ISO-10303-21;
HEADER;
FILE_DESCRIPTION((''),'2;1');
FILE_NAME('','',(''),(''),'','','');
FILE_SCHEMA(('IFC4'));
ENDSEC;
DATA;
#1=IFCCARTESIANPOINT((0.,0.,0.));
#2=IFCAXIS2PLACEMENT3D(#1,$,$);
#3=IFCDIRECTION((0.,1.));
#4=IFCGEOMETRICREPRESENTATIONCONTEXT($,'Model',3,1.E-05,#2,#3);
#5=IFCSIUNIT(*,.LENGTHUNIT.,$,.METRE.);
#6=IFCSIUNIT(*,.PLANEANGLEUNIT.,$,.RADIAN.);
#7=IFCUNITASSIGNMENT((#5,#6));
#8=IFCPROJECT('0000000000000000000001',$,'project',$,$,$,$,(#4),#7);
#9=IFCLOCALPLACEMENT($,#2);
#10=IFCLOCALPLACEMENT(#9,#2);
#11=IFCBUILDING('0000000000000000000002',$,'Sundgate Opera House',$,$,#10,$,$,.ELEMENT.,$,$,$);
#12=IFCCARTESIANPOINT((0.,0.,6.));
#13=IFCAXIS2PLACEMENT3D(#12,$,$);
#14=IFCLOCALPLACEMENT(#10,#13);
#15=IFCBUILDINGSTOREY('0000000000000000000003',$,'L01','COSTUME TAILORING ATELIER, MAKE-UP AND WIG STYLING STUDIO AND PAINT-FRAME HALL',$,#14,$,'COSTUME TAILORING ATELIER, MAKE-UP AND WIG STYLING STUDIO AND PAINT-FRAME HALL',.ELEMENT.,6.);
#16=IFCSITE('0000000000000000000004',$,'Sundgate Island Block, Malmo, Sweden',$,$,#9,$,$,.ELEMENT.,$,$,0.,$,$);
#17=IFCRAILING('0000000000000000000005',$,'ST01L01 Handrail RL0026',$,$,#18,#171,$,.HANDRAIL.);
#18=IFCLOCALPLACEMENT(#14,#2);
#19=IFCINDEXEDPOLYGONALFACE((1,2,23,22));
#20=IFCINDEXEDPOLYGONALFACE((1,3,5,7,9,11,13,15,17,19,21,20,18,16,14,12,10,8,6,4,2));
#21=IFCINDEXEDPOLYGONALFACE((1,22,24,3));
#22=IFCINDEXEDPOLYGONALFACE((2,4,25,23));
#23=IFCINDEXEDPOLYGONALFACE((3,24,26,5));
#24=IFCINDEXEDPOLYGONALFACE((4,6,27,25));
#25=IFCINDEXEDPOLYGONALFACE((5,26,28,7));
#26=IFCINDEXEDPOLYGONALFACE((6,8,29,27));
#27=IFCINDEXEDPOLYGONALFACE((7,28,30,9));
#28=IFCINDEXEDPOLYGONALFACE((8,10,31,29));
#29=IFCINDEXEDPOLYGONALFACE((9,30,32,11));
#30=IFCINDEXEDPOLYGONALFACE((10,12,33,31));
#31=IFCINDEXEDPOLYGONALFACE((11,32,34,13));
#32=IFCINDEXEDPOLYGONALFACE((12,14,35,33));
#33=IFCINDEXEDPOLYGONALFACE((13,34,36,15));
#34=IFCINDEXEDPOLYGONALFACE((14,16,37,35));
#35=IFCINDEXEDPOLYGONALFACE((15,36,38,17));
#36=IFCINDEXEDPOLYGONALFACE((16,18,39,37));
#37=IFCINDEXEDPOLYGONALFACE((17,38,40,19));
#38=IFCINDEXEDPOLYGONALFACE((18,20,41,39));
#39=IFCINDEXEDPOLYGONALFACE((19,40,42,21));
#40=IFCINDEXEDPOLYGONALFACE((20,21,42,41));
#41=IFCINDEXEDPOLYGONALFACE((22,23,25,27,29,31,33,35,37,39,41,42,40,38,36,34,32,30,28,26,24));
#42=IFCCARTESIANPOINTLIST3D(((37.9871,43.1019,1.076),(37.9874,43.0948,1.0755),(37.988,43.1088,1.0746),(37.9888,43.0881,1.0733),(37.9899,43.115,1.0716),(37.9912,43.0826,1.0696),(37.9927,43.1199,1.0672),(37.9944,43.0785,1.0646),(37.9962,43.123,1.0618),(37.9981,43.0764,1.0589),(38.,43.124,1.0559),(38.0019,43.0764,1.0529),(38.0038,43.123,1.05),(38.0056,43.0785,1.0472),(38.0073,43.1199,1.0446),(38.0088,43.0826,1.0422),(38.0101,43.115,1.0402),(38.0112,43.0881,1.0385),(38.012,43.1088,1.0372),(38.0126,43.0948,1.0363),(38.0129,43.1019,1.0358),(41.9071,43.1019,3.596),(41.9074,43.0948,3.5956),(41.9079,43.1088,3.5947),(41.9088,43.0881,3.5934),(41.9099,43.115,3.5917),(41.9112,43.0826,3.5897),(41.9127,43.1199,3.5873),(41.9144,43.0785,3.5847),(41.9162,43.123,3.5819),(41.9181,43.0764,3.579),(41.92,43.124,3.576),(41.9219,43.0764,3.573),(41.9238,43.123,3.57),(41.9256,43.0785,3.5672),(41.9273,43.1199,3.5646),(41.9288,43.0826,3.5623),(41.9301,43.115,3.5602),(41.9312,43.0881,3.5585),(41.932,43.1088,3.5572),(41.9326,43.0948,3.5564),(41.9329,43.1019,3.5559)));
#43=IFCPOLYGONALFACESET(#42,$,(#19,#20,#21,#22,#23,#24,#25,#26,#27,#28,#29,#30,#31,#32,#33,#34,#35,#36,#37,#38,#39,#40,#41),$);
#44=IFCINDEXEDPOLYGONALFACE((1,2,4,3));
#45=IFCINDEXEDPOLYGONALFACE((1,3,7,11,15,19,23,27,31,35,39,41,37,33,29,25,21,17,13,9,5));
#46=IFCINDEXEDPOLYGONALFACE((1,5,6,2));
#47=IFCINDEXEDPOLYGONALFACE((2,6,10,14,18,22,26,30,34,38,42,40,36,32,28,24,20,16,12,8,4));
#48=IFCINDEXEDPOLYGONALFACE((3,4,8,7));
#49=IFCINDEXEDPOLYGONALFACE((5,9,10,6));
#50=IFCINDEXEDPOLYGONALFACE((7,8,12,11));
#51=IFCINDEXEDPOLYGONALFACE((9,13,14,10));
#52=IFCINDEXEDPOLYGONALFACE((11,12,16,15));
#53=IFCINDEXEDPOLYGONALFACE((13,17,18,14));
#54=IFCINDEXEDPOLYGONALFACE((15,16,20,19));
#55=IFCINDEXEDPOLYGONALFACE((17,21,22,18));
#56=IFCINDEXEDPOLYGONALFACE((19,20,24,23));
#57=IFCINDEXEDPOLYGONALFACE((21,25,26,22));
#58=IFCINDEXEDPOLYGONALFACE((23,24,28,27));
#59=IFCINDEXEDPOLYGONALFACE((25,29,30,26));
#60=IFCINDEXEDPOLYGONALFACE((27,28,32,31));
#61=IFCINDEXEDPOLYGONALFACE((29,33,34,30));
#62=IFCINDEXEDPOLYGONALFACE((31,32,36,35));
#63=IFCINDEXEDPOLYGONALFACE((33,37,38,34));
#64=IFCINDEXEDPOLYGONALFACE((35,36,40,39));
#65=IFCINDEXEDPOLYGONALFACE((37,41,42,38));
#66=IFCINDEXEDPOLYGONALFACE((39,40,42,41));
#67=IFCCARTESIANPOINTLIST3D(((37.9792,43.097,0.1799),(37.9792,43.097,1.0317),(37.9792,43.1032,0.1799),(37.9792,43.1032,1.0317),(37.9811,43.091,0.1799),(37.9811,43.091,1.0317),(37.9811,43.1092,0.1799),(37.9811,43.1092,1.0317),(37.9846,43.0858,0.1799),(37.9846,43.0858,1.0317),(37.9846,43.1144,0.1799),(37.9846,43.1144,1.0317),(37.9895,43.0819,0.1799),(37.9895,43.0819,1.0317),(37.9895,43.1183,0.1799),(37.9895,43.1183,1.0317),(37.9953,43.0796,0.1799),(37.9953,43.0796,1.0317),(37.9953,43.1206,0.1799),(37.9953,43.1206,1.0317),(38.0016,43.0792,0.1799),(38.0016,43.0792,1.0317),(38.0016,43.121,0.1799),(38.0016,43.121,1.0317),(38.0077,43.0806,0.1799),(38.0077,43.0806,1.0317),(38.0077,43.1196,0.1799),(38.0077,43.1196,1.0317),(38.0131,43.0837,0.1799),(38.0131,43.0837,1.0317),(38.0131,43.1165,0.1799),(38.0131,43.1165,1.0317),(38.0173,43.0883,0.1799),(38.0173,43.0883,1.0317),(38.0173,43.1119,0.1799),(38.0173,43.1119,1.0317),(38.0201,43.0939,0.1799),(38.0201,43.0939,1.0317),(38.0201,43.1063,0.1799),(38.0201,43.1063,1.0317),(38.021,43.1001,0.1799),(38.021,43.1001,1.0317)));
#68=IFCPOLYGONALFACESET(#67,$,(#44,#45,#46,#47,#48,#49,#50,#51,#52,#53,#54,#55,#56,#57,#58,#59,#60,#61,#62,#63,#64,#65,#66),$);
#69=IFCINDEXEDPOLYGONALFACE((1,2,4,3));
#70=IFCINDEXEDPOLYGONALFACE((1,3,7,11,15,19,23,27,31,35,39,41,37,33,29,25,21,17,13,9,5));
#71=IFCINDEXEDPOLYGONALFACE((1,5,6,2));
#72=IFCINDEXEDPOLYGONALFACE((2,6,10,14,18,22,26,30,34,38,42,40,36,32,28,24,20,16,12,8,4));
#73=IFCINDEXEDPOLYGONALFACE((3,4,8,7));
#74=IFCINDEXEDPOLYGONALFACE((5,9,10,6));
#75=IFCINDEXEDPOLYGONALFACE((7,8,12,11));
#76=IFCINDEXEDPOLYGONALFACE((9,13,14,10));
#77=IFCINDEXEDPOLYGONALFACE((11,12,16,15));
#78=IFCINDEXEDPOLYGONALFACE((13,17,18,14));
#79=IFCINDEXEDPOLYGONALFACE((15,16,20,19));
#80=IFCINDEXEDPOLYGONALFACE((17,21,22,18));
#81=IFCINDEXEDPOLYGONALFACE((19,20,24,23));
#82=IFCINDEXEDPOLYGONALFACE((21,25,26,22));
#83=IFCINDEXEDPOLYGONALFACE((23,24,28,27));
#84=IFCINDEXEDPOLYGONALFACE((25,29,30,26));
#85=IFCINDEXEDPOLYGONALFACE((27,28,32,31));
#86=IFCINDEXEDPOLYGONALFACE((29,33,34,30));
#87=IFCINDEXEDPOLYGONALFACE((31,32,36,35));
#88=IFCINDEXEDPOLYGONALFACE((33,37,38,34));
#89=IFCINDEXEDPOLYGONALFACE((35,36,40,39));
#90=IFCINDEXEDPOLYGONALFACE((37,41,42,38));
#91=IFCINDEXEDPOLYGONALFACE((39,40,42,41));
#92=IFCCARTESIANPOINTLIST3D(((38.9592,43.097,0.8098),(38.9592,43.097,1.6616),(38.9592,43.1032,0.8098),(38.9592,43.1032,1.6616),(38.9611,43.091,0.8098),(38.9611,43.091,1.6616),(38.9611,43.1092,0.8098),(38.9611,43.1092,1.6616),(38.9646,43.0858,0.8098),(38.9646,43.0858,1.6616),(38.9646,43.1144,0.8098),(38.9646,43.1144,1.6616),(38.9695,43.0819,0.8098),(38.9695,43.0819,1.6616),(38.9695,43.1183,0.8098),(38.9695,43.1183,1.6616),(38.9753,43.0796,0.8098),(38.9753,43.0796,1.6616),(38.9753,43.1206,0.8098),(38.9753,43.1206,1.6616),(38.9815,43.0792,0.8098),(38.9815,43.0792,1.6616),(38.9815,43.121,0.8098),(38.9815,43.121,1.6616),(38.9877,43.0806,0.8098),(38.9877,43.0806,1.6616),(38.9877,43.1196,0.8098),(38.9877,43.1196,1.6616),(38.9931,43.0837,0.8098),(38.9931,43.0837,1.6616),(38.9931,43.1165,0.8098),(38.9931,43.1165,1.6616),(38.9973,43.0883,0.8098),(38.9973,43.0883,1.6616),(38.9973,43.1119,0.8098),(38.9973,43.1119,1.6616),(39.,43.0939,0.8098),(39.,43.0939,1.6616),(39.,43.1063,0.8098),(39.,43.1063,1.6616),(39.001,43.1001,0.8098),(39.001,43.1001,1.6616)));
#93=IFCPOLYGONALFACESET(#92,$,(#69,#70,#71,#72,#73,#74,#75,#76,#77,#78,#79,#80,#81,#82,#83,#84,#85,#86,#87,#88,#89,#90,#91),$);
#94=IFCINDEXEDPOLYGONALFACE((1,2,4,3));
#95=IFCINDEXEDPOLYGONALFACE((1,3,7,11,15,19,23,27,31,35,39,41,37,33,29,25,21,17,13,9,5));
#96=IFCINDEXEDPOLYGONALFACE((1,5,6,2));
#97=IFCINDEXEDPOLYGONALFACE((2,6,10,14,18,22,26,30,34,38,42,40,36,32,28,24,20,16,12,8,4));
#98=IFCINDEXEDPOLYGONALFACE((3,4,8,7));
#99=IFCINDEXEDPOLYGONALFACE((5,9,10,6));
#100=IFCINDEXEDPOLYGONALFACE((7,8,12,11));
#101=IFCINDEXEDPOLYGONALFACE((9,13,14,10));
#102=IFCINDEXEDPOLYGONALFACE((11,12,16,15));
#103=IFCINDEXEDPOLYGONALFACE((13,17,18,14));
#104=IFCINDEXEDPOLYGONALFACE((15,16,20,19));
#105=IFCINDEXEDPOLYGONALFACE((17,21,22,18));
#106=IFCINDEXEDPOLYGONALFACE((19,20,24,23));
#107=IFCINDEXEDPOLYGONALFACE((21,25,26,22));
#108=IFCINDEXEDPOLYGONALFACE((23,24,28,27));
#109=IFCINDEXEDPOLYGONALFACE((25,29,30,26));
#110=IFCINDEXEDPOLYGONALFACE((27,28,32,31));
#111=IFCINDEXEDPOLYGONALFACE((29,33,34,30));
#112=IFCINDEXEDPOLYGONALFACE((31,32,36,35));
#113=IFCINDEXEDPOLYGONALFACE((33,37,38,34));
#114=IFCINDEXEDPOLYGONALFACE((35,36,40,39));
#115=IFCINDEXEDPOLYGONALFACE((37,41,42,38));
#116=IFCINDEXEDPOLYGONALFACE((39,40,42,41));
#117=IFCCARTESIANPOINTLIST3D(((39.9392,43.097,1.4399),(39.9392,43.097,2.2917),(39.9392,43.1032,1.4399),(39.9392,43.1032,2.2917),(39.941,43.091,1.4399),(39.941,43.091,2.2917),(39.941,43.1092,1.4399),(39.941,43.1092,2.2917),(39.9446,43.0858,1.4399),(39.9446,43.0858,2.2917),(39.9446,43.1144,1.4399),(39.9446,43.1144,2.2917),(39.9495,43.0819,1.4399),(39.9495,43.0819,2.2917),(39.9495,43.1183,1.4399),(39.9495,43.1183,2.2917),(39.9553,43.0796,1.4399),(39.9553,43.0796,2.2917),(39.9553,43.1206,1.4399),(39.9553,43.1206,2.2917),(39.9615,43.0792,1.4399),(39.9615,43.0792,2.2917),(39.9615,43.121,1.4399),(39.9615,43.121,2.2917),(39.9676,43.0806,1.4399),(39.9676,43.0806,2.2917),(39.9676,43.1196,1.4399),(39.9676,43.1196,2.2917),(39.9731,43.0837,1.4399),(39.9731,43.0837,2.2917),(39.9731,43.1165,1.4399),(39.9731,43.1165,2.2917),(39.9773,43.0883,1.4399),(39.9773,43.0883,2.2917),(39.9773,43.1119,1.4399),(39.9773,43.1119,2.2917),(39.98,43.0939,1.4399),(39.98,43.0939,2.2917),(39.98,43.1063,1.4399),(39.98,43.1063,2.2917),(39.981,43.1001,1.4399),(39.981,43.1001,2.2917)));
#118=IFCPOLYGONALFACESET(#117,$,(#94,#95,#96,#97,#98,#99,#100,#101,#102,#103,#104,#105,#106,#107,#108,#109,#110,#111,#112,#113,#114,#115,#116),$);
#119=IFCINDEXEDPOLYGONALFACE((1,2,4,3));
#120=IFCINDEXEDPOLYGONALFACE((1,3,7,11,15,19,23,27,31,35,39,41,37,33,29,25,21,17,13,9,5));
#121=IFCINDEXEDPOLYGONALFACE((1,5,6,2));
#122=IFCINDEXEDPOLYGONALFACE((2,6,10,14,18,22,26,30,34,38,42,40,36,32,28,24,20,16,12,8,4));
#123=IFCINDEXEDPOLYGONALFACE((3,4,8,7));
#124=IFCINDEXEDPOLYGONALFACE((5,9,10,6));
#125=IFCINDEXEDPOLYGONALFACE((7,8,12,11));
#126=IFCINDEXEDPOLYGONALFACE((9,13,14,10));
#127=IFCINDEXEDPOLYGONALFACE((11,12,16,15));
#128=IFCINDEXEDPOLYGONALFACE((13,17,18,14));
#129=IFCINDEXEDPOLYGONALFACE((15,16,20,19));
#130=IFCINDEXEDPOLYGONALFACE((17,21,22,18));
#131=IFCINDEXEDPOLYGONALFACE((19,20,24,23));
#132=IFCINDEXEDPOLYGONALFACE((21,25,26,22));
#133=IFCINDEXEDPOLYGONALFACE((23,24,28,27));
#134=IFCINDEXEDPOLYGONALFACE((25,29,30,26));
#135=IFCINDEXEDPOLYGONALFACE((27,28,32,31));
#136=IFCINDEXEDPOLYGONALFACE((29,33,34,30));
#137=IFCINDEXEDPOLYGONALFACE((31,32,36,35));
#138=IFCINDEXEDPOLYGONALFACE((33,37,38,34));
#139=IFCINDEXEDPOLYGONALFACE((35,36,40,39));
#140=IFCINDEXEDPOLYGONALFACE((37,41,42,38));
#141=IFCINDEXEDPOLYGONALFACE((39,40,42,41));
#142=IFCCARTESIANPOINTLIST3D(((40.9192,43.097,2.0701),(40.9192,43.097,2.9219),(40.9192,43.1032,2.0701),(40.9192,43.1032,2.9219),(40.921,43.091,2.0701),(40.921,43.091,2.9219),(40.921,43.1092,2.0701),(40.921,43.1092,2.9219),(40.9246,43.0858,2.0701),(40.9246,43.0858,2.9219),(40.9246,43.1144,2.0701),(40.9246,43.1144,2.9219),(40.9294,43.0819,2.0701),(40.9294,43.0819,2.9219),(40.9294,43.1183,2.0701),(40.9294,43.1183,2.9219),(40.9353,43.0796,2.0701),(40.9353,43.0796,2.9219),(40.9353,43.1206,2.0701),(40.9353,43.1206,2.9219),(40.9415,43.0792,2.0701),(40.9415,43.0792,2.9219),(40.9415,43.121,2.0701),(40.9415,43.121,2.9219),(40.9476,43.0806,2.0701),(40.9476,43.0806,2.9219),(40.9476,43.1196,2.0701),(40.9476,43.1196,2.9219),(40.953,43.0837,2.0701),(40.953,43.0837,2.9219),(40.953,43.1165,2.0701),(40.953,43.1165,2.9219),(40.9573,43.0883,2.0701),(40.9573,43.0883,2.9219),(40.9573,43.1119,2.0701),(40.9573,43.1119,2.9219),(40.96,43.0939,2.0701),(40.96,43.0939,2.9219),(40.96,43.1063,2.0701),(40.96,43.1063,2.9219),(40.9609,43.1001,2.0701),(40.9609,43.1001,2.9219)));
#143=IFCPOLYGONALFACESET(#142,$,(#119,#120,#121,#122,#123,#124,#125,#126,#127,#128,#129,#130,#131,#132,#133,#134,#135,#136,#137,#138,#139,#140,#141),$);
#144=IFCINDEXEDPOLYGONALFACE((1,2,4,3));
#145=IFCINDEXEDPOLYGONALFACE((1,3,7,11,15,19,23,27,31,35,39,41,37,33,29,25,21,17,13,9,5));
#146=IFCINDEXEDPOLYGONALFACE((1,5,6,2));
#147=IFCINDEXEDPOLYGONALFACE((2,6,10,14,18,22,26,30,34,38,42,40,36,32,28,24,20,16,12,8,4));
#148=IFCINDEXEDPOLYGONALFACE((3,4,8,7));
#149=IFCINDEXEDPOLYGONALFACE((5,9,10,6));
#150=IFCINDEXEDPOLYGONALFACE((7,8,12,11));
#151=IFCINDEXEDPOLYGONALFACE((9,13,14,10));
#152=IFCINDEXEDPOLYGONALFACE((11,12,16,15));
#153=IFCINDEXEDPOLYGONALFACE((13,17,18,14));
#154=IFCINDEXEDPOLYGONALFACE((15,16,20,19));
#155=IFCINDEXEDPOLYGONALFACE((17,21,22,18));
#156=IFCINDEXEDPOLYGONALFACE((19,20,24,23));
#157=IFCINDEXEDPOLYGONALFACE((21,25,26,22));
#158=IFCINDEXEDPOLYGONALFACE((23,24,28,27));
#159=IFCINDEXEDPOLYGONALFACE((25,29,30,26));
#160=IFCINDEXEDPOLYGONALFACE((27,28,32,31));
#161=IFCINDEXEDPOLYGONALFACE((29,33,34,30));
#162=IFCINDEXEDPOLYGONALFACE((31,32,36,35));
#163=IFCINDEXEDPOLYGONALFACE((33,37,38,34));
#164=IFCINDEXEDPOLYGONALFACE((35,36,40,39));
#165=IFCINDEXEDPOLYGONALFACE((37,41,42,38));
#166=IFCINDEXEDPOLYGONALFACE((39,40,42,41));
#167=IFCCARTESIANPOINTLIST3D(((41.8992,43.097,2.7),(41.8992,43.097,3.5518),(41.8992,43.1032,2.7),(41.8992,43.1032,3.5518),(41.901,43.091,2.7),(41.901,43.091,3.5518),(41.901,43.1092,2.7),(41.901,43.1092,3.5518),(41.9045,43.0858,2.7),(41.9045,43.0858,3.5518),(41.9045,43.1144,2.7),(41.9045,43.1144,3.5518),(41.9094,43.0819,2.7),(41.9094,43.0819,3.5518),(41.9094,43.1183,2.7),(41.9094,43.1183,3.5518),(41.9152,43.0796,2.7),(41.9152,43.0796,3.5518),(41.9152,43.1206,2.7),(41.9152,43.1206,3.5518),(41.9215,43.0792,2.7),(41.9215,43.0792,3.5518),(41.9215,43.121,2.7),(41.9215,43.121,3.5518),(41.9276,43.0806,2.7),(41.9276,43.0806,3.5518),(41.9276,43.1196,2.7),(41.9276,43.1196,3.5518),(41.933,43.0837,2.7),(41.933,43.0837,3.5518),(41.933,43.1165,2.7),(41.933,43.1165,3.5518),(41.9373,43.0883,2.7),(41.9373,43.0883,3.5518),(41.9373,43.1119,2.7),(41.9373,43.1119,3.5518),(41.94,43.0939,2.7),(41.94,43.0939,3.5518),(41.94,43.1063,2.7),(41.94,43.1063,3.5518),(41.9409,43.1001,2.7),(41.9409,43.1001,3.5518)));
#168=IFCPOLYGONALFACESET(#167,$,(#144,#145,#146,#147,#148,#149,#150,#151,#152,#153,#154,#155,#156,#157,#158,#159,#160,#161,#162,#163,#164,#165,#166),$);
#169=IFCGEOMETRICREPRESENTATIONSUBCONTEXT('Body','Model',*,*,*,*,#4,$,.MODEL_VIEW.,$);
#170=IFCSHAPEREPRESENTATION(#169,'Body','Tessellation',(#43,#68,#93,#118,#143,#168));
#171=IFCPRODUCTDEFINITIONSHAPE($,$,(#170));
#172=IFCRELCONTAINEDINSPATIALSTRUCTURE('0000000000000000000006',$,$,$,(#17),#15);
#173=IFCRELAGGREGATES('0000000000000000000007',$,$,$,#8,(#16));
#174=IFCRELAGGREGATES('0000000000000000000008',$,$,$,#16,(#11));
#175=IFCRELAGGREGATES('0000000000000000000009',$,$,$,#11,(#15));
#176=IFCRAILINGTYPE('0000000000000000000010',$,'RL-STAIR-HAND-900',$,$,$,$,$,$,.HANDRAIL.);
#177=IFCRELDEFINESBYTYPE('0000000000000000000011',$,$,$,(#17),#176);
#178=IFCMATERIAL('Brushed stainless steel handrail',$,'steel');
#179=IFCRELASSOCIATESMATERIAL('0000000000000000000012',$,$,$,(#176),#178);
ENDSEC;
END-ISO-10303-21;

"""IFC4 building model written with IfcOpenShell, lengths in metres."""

from ifc_helpers import new_model, si_unit, direction, frame, origin, origin_2d, place, context, subcontext, project, spatial, circle, extrude, material, type_object, element, save


model = new_model("IFC4")

# Units and contexts
model_context = context("Model", 3, precision=1e-05, world=origin(), true_north=direction((0.0, 1.0)))
body_context = subcontext(model_context, "Body", "Model", "MODEL_VIEW")
ifc_project = project(units=[si_unit("LENGTHUNIT", "METRE"), si_unit("PLANEANGLEUNIT", "RADIAN")], contexts=[model_context])

# Site, building, storey
site_placement = place(None, origin())
site = spatial("IfcSite", under=ifc_project, at=site_placement, Name="Sundgate Island Block, Malmo, Sweden", CompositionType="ELEMENT", RefElevation=0.0)
building_placement = place(site_placement, origin())
building = spatial("IfcBuilding", under=site, at=building_placement, Name="Sundgate Opera House", CompositionType="ELEMENT")
storey_placement = place(building_placement, frame((0.0, 0.0, 6.0)))
storey = spatial("IfcBuildingStorey", under=building, at=storey_placement, Name="L01", Description="COSTUME TAILORING ATELIER, MAKE-UP AND WIG STYLING STUDIO AND PAINT-FRAME HALL", LongName="COSTUME TAILORING ATELIER, MAKE-UP AND WIG STYLING STUDIO AND PAINT-FRAME HALL", CompositionType="ELEMENT", Elevation=6.0)

# Railing
ifc_material_1 = material(Name="Brushed stainless steel handrail", Category="steel")
railing_type = type_object("IfcRailingType", Name="RL-STAIR-HAND-900", PredefinedType="HANDRAIL", material=ifc_material_1)
railing_placement = place(storey_placement, frame((38.0, 43.1001, 0.1799)))
element("IfcRailing", 1, at=railing_placement, inside=storey, type_object=railing_type, Name="ST01L01 Handrail RL0026", PredefinedType="HANDRAIL", context=body_context, shape_type="SweptSolid", body=[
    extrude(circle(Radius=0.0239, at=origin_2d()), frame((0.0, 0.0, 0.876), z_axis=(0.841172, 0.0, 0.540768), x_axis=(0.0, 1.0, 0.0)), (0.0, 0.0, 1.0), 4.6602),
    extrude(circle(Radius=0.021, at=origin_2d()), origin(), (0.0, 0.0, 1.0), 0.8518),
    extrude(circle(Radius=0.021, at=origin_2d()), frame((0.98, 0.0, 0.6299)), (0.0, 0.0, 1.0), 0.8518),
    extrude(circle(Radius=0.021, at=origin_2d()), frame((1.96, 0.0, 1.26)), (0.0, 0.0, 1.0), 0.8518),
    extrude(circle(Radius=0.021, at=origin_2d()), frame((2.9399, 0.0, 1.8901)), (0.0, 0.0, 1.0), 0.8518),
    extrude(circle(Radius=0.021, at=origin_2d()), frame((3.9199, 0.0, 2.52)), (0.0, 0.0, 1.0), 0.8518),
])

save(model, "model.ifc")
